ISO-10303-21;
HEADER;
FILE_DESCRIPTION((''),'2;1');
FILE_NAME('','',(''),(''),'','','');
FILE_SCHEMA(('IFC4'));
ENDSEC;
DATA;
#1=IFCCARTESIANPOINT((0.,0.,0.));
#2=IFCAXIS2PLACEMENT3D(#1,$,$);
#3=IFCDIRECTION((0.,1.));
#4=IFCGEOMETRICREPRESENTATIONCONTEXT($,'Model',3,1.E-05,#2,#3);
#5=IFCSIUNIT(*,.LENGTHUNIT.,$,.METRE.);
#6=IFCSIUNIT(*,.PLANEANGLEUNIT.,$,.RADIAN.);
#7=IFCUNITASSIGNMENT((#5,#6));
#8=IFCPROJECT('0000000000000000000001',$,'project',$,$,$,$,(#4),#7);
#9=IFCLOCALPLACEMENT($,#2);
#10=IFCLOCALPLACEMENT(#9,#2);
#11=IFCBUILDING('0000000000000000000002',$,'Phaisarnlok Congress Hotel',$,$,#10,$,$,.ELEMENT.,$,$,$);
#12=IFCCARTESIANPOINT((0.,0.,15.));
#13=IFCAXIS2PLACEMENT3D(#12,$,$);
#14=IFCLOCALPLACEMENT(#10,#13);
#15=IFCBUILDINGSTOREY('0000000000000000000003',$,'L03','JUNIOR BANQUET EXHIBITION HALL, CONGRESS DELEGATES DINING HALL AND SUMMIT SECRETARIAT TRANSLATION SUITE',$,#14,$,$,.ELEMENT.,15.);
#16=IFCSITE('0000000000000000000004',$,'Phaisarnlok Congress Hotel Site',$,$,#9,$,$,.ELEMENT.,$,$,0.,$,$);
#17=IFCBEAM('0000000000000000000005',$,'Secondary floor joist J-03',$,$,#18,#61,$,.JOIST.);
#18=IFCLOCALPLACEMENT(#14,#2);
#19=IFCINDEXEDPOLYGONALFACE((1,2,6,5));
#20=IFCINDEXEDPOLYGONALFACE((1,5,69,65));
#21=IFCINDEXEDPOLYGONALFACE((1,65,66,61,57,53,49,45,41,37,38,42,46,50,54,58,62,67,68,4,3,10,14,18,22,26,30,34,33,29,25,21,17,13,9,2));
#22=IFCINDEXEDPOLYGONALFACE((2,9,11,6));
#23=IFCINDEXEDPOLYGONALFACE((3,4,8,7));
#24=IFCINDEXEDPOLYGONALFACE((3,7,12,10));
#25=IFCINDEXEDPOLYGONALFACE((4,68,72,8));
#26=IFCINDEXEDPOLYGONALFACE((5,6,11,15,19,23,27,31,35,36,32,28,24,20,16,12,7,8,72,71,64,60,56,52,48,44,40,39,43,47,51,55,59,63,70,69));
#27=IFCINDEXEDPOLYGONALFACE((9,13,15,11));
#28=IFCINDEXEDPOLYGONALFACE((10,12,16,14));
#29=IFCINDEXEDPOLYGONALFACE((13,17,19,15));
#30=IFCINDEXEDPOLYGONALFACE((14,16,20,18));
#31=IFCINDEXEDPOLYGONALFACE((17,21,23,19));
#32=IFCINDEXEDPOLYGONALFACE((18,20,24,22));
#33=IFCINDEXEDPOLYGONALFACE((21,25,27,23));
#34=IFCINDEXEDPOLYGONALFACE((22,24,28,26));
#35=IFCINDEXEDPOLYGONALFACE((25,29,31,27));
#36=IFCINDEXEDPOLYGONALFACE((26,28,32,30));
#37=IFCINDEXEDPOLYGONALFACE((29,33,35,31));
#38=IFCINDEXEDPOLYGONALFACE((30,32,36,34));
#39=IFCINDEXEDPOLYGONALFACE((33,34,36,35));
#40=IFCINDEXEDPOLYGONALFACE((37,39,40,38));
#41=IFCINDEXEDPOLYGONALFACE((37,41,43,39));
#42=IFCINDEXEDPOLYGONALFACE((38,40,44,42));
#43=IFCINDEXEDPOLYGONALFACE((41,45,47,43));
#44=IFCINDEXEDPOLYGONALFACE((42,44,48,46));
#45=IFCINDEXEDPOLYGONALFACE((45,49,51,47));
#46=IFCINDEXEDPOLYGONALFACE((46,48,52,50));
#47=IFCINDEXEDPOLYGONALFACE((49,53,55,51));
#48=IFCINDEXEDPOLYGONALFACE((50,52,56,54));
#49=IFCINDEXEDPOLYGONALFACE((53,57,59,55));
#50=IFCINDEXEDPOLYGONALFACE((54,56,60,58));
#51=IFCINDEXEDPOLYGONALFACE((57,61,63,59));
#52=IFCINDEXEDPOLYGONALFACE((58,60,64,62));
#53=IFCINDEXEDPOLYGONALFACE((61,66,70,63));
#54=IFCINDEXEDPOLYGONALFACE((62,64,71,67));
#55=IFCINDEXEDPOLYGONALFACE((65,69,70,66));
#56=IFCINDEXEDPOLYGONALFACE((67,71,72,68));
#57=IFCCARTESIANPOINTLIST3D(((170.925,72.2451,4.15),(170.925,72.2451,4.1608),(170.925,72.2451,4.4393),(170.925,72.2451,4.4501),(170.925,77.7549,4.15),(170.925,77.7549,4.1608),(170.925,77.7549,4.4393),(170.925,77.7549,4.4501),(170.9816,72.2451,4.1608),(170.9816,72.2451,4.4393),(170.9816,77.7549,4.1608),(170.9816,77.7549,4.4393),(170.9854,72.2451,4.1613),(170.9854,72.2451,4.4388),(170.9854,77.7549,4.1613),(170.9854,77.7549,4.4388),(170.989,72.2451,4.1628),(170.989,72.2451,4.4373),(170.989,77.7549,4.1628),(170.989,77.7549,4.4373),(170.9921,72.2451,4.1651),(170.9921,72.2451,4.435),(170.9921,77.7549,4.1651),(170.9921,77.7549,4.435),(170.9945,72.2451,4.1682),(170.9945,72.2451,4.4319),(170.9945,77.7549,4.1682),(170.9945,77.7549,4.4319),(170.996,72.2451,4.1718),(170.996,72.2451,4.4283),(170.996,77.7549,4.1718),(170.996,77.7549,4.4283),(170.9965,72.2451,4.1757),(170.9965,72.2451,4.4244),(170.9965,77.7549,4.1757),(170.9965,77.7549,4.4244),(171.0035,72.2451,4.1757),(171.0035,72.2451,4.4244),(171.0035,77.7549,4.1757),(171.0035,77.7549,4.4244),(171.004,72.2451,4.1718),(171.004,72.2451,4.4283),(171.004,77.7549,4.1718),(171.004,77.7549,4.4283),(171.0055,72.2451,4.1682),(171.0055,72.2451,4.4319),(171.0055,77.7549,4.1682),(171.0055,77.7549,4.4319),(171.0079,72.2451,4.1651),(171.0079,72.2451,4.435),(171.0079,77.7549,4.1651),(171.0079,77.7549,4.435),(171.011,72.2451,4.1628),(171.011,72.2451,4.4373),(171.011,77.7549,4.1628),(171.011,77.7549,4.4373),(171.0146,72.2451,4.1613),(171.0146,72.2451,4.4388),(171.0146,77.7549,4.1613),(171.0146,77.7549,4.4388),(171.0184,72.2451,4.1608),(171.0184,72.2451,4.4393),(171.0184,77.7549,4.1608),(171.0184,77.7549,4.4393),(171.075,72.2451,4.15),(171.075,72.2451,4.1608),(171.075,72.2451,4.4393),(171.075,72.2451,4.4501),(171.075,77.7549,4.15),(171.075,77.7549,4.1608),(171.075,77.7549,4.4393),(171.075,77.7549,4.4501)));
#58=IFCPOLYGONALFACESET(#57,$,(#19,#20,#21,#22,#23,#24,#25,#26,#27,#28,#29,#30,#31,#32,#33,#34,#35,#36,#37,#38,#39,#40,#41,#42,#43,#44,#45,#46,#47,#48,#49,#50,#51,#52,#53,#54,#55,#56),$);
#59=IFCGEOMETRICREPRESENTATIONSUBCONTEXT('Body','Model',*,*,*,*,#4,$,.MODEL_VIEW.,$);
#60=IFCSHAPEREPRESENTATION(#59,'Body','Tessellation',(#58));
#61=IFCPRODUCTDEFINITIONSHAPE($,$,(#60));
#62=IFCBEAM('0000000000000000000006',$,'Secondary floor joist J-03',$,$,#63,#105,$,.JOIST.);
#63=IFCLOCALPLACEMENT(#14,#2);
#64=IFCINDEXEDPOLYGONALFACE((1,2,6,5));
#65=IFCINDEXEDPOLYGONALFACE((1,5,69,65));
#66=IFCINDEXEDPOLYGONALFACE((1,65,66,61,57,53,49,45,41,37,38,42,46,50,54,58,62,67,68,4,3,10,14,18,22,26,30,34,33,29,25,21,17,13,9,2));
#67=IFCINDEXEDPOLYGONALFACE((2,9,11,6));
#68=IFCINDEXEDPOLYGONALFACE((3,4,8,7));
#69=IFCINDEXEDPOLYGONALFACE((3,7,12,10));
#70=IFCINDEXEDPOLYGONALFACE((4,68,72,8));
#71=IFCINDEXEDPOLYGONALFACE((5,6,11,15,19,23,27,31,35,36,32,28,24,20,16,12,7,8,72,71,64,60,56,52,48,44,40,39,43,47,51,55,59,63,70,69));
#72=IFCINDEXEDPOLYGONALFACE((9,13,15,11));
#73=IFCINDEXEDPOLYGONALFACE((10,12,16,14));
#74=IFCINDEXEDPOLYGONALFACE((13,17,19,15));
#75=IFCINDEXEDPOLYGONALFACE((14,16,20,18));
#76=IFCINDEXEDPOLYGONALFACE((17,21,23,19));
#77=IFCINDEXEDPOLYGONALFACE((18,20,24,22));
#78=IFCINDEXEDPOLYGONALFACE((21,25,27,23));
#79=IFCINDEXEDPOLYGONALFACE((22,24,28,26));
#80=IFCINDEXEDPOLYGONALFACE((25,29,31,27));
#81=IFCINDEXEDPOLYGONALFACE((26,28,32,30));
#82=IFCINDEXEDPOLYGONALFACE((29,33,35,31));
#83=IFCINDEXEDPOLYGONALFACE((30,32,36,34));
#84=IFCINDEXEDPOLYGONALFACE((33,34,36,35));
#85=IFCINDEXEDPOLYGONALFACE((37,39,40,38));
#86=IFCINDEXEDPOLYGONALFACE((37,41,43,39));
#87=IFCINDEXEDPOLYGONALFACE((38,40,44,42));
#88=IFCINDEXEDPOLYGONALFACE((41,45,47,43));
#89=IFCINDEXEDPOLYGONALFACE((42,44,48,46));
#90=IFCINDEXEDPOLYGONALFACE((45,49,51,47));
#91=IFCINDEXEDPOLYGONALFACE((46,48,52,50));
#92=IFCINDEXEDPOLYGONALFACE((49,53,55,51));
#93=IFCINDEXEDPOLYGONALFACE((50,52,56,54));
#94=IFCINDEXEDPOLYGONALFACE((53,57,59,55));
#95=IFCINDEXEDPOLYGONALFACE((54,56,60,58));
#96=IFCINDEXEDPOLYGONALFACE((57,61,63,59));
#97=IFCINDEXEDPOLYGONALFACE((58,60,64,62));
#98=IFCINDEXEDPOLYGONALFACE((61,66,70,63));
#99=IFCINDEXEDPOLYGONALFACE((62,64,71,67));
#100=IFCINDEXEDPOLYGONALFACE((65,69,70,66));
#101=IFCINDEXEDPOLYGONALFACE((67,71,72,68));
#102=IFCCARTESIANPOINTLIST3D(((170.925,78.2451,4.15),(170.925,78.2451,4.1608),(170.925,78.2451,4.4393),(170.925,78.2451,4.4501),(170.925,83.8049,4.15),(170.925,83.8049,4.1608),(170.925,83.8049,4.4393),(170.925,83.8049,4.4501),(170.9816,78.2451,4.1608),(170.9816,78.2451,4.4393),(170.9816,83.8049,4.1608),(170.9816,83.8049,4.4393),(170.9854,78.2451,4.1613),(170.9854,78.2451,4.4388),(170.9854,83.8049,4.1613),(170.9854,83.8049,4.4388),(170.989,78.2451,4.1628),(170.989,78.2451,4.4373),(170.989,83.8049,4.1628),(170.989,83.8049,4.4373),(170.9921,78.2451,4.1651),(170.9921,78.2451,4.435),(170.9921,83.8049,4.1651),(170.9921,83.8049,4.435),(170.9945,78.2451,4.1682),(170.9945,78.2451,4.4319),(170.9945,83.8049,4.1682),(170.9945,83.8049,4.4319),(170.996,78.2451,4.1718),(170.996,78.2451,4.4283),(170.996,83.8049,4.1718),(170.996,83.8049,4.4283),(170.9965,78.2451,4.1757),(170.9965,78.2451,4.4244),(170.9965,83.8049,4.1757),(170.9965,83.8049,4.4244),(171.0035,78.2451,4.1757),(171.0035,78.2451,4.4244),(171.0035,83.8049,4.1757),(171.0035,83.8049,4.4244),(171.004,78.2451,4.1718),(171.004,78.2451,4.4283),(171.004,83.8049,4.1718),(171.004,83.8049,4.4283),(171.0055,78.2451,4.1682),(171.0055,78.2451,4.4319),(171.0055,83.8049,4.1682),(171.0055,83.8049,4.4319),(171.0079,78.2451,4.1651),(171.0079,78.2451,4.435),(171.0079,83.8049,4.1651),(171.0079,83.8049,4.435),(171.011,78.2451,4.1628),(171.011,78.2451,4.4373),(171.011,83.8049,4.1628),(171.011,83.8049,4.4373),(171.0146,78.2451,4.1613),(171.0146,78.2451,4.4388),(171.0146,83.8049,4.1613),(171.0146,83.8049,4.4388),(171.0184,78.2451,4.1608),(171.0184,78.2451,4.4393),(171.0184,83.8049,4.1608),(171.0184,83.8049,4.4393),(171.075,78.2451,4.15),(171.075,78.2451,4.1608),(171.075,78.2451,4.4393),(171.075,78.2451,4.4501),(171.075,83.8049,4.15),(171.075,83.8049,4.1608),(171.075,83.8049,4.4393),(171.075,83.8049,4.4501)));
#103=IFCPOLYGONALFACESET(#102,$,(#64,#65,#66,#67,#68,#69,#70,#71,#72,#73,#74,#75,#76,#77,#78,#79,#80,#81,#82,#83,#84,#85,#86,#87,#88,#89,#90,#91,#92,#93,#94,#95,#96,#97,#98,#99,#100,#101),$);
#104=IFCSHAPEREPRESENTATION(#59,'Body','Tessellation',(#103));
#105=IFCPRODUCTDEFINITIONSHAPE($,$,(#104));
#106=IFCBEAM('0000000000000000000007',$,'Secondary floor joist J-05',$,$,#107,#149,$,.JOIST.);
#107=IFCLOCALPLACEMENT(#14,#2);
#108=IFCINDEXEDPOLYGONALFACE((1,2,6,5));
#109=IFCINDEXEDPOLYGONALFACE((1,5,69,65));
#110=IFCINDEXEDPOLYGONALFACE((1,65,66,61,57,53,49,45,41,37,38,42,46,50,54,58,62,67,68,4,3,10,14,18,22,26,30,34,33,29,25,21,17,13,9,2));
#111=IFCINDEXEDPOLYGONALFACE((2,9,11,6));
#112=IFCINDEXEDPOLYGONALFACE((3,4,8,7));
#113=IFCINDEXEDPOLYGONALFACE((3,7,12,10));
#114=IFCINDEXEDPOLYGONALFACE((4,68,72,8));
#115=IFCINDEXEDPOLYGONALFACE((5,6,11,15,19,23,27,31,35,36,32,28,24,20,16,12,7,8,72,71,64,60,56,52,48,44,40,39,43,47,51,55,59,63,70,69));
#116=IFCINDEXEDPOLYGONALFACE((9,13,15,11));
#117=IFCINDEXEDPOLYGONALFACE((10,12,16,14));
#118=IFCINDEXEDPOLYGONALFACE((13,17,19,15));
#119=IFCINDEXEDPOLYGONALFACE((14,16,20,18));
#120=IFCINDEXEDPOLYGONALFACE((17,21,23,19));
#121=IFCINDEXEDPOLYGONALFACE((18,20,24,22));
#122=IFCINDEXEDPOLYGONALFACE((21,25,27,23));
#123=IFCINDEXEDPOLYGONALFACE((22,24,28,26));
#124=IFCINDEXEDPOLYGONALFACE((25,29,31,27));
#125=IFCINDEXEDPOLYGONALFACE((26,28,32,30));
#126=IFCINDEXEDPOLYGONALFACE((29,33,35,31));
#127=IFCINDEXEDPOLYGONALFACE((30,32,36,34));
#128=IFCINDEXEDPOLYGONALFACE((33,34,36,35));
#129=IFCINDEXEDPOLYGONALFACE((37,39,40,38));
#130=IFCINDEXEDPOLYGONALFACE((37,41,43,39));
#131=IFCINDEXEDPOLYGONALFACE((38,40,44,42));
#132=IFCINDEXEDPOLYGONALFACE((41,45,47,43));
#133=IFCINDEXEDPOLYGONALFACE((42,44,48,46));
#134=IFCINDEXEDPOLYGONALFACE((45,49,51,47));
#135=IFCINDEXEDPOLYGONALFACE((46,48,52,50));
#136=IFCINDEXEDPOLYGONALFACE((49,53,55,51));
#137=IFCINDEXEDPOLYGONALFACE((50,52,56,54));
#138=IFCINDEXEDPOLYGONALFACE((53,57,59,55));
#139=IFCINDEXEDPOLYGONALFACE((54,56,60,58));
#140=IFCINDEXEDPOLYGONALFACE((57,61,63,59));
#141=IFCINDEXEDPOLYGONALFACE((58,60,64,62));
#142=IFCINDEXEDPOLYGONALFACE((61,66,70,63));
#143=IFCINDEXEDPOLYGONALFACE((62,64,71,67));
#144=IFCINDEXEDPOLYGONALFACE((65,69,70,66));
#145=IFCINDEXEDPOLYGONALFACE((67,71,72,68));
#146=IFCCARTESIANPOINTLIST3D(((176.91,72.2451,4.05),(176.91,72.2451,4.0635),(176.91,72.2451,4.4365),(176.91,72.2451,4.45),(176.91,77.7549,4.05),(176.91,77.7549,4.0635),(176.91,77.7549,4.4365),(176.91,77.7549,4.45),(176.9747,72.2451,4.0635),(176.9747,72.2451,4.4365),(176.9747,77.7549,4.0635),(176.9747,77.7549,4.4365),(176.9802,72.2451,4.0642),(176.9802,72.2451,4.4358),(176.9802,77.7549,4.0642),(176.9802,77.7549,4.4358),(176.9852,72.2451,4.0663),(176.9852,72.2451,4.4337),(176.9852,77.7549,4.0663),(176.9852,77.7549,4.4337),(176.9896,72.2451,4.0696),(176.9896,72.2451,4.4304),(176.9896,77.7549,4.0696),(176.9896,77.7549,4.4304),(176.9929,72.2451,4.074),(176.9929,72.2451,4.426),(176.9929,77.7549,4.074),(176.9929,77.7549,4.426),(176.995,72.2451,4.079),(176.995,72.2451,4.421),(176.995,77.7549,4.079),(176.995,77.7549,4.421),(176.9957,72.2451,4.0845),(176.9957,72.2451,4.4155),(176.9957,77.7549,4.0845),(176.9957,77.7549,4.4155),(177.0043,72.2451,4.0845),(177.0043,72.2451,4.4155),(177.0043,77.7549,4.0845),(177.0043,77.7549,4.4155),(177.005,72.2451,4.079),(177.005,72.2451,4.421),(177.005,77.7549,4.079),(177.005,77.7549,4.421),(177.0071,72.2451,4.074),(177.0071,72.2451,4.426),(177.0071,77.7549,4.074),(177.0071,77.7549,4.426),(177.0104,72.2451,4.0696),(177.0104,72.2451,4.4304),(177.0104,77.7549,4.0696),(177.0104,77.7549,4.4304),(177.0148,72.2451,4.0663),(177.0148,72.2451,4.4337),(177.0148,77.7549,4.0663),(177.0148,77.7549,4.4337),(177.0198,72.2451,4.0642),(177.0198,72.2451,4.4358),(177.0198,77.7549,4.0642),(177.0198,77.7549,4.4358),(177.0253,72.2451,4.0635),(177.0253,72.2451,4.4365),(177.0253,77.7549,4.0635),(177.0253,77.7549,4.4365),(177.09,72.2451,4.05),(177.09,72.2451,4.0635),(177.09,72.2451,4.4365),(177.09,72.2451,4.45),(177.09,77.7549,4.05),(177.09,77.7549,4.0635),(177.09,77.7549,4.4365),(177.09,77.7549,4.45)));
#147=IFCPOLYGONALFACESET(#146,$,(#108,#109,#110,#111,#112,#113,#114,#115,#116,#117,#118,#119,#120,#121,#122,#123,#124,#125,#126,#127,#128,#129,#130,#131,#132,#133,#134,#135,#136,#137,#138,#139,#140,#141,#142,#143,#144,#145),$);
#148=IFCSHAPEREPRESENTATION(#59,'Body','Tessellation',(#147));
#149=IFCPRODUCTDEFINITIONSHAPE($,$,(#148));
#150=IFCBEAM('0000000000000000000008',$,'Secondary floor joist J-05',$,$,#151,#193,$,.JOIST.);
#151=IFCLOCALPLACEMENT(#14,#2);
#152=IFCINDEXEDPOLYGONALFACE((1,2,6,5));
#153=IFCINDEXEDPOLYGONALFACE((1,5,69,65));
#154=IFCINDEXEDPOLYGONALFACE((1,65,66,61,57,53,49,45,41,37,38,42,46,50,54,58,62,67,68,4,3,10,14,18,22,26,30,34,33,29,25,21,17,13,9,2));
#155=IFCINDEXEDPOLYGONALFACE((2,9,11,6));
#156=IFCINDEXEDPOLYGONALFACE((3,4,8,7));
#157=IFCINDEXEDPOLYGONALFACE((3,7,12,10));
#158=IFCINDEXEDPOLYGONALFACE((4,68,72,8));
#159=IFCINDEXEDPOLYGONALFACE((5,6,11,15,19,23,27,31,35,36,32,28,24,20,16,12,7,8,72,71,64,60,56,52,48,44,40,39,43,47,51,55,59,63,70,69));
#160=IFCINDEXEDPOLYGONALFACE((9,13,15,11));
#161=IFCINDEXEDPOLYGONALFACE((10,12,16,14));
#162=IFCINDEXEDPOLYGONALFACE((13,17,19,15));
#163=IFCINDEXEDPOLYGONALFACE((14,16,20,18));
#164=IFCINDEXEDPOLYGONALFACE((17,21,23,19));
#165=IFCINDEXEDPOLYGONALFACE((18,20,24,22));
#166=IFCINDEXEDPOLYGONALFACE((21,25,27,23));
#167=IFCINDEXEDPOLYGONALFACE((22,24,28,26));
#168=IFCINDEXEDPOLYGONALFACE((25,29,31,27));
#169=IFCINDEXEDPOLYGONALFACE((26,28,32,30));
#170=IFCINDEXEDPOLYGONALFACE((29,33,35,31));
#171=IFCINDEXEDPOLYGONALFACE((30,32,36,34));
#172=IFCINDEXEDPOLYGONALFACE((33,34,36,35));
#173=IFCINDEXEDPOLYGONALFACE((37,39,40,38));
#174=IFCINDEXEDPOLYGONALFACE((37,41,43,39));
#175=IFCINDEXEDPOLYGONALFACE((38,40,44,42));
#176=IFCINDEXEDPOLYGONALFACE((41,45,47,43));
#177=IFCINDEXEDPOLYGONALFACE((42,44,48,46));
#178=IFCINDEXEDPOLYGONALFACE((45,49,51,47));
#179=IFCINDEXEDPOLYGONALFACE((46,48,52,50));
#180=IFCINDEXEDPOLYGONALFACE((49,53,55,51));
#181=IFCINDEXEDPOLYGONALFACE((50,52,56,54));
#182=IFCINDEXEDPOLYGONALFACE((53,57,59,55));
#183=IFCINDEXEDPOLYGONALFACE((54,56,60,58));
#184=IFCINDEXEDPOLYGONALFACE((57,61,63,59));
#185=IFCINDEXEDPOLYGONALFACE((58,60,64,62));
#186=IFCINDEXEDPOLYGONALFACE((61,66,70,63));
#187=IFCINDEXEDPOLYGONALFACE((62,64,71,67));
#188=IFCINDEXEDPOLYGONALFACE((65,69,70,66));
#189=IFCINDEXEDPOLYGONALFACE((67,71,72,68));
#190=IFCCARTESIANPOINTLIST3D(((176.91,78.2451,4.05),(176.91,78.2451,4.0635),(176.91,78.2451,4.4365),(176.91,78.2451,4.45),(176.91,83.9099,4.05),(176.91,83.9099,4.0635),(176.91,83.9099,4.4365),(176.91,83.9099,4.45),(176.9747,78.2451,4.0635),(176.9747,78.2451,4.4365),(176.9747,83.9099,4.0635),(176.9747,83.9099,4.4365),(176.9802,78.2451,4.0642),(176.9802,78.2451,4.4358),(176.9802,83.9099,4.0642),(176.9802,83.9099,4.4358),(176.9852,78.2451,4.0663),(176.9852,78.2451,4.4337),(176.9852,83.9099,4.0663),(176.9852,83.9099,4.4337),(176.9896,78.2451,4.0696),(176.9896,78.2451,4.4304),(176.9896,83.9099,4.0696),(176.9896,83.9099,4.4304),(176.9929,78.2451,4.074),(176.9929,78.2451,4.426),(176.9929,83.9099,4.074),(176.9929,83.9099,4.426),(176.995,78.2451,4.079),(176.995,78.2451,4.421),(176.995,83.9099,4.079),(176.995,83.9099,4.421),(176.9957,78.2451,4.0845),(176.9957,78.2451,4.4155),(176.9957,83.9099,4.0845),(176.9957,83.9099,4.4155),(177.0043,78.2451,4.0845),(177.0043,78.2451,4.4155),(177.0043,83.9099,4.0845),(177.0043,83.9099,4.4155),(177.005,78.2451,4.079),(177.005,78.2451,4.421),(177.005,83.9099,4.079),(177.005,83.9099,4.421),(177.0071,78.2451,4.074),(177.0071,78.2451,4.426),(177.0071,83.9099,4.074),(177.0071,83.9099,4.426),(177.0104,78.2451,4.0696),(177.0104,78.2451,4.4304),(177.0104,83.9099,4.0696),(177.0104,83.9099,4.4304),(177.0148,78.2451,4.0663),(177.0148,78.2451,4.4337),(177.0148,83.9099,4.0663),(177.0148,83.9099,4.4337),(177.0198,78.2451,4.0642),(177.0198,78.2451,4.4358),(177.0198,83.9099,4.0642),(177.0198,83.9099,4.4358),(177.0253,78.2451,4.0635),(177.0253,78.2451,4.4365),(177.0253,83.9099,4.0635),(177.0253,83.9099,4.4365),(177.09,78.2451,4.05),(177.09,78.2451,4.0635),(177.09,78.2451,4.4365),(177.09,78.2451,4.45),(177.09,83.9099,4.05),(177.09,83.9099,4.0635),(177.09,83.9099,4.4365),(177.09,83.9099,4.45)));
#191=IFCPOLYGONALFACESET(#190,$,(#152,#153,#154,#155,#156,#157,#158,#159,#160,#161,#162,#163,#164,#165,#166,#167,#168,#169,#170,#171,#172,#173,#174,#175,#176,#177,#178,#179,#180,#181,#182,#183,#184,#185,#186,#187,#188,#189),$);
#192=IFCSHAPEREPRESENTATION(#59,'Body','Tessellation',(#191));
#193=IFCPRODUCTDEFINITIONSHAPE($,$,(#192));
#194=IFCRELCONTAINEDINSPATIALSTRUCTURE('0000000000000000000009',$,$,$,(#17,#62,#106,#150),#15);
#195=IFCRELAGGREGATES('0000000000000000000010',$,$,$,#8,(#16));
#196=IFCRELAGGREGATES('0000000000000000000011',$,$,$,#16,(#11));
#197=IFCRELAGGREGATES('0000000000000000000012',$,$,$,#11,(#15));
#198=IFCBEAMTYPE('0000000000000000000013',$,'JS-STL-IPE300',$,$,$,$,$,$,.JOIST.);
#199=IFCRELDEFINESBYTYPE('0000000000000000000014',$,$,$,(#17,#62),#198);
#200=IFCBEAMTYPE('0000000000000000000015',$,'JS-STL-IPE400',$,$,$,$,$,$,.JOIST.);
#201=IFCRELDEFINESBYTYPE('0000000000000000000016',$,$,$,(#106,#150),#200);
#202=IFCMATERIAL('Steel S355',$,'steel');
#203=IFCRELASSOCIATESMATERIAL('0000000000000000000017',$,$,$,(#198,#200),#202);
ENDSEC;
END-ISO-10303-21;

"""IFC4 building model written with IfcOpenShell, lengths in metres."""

from ifc_helpers import new_model, si_unit, direction, frame, origin, origin_2d, place, context, subcontext, project, spatial, i_section, extrude, material, material_profile, profile_set, type_object, element, save


model = new_model("IFC4")

# Units and contexts
model_context = context("Model", 3, precision=1e-05, world=origin(), true_north=direction((0.0, 1.0)))
body_context = subcontext(model_context, "Body", "Model", "MODEL_VIEW")
ifc_project = project(units=[si_unit("LENGTHUNIT", "METRE"), si_unit("PLANEANGLEUNIT", "RADIAN")], contexts=[model_context])

# Site, building, storey
site_placement = place(None, origin())
site = spatial("IfcSite", under=ifc_project, at=site_placement, Name="Phaisarnlok Congress Hotel Site", CompositionType="ELEMENT", RefElevation=0.0)
building_placement = place(site_placement, origin())
building = spatial("IfcBuilding", under=site, at=building_placement, Name="Phaisarnlok Congress Hotel", CompositionType="ELEMENT")
storey_placement = place(building_placement, frame((0.0, 0.0, 15.0)))
storey = spatial("IfcBuildingStorey", under=building, at=storey_placement, Name="L03", Description="JUNIOR BANQUET EXHIBITION HALL, CONGRESS DELEGATES DINING HALL AND SUMMIT SECRETARIAT TRANSLATION SUITE", CompositionType="ELEMENT", Elevation=15.0)

# Shared definitions
ifc_material_1 = material(Name="Steel S355", Category="steel")

# Beams
ifc_material_profile_1 = material_profile(ifc_material_1, i_section(OverallWidth=0.1499, OverallDepth=0.3, WebThickness=0.0071, FlangeThickness=0.0107, FilletRadius=0.0149, at=origin_2d()), Name="IPE 300")
ifc_profile_set_1 = profile_set([ifc_material_profile_1], Name="Steel S355")
beam_type_1 = type_object("IfcBeamType", Name="JS-STL-IPE300", PredefinedType="JOIST", material=ifc_profile_set_1)
beam_1_placement = place(storey_placement, frame((171.0, 72.2451, 4.3), z_axis=(0.0, 1.0, 0.0), x_axis=(-1.0, 0.0, 0.0)))
element("IfcBeam", 1, at=beam_1_placement, inside=storey, type_object=beam_type_1, Name="Secondary floor joist J-03", PredefinedType="JOIST", context=body_context, shape_type="SweptSolid", body=[
    extrude(i_section(OverallWidth=0.1499, OverallDepth=0.3, WebThickness=0.0071, FlangeThickness=0.0107, FilletRadius=0.0149, at=origin_2d()), origin(), (0.0, 0.0, 1.0), 5.5098),
])
beam_2_placement = place(storey_placement, frame((171.0, 78.2451, 4.3), z_axis=(0.0, 1.0, 0.0), x_axis=(-1.0, 0.0, 0.0)))
element("IfcBeam", 2, at=beam_2_placement, inside=storey, type_object=beam_type_1, Name="Secondary floor joist J-03", PredefinedType="JOIST", context=body_context, shape_type="SweptSolid", body=[
    extrude(i_section(OverallWidth=0.1499, OverallDepth=0.3, WebThickness=0.0071, FlangeThickness=0.0107, FilletRadius=0.0149, at=origin_2d()), origin(), (0.0, 0.0, 1.0), 5.5598),
])
ifc_material_profile_2 = material_profile(ifc_material_1, i_section(OverallWidth=0.1799, OverallDepth=0.3999, WebThickness=0.0085, FlangeThickness=0.0134, FilletRadius=0.021, at=origin_2d()), Name="IPE 400")
ifc_profile_set_2 = profile_set([ifc_material_profile_2], Name="Steel S355")
beam_type_2 = type_object("IfcBeamType", Name="JS-STL-IPE400", PredefinedType="JOIST", material=ifc_profile_set_2)
beam_3_placement = place(storey_placement, frame((177.0, 72.2451, 4.25), z_axis=(0.0, 1.0, 0.0), x_axis=(-1.0, 0.0, 0.0)))
element("IfcBeam", 3, at=beam_3_placement, inside=storey, type_object=beam_type_2, Name="Secondary floor joist J-05", PredefinedType="JOIST", context=body_context, shape_type="SweptSolid", body=[
    extrude(i_section(OverallWidth=0.1799, OverallDepth=0.3999, WebThickness=0.0085, FlangeThickness=0.0134, FilletRadius=0.021, at=origin_2d()), origin(), (0.0, 0.0, 1.0), 5.5098),
])
beam_4_placement = place(storey_placement, frame((177.0, 78.2451, 4.25), z_axis=(0.0, 1.0, 0.0), x_axis=(-1.0, 0.0, 0.0)))
element("IfcBeam", 4, at=beam_4_placement, inside=storey, type_object=beam_type_2, Name="Secondary floor joist J-05", PredefinedType="JOIST", context=body_context, shape_type="SweptSolid", body=[
    extrude(i_section(OverallWidth=0.1799, OverallDepth=0.3999, WebThickness=0.0085, FlangeThickness=0.0134, FilletRadius=0.021, at=origin_2d()), origin(), (0.0, 0.0, 1.0), 5.6648),
])

save(model, "model.ifc")
